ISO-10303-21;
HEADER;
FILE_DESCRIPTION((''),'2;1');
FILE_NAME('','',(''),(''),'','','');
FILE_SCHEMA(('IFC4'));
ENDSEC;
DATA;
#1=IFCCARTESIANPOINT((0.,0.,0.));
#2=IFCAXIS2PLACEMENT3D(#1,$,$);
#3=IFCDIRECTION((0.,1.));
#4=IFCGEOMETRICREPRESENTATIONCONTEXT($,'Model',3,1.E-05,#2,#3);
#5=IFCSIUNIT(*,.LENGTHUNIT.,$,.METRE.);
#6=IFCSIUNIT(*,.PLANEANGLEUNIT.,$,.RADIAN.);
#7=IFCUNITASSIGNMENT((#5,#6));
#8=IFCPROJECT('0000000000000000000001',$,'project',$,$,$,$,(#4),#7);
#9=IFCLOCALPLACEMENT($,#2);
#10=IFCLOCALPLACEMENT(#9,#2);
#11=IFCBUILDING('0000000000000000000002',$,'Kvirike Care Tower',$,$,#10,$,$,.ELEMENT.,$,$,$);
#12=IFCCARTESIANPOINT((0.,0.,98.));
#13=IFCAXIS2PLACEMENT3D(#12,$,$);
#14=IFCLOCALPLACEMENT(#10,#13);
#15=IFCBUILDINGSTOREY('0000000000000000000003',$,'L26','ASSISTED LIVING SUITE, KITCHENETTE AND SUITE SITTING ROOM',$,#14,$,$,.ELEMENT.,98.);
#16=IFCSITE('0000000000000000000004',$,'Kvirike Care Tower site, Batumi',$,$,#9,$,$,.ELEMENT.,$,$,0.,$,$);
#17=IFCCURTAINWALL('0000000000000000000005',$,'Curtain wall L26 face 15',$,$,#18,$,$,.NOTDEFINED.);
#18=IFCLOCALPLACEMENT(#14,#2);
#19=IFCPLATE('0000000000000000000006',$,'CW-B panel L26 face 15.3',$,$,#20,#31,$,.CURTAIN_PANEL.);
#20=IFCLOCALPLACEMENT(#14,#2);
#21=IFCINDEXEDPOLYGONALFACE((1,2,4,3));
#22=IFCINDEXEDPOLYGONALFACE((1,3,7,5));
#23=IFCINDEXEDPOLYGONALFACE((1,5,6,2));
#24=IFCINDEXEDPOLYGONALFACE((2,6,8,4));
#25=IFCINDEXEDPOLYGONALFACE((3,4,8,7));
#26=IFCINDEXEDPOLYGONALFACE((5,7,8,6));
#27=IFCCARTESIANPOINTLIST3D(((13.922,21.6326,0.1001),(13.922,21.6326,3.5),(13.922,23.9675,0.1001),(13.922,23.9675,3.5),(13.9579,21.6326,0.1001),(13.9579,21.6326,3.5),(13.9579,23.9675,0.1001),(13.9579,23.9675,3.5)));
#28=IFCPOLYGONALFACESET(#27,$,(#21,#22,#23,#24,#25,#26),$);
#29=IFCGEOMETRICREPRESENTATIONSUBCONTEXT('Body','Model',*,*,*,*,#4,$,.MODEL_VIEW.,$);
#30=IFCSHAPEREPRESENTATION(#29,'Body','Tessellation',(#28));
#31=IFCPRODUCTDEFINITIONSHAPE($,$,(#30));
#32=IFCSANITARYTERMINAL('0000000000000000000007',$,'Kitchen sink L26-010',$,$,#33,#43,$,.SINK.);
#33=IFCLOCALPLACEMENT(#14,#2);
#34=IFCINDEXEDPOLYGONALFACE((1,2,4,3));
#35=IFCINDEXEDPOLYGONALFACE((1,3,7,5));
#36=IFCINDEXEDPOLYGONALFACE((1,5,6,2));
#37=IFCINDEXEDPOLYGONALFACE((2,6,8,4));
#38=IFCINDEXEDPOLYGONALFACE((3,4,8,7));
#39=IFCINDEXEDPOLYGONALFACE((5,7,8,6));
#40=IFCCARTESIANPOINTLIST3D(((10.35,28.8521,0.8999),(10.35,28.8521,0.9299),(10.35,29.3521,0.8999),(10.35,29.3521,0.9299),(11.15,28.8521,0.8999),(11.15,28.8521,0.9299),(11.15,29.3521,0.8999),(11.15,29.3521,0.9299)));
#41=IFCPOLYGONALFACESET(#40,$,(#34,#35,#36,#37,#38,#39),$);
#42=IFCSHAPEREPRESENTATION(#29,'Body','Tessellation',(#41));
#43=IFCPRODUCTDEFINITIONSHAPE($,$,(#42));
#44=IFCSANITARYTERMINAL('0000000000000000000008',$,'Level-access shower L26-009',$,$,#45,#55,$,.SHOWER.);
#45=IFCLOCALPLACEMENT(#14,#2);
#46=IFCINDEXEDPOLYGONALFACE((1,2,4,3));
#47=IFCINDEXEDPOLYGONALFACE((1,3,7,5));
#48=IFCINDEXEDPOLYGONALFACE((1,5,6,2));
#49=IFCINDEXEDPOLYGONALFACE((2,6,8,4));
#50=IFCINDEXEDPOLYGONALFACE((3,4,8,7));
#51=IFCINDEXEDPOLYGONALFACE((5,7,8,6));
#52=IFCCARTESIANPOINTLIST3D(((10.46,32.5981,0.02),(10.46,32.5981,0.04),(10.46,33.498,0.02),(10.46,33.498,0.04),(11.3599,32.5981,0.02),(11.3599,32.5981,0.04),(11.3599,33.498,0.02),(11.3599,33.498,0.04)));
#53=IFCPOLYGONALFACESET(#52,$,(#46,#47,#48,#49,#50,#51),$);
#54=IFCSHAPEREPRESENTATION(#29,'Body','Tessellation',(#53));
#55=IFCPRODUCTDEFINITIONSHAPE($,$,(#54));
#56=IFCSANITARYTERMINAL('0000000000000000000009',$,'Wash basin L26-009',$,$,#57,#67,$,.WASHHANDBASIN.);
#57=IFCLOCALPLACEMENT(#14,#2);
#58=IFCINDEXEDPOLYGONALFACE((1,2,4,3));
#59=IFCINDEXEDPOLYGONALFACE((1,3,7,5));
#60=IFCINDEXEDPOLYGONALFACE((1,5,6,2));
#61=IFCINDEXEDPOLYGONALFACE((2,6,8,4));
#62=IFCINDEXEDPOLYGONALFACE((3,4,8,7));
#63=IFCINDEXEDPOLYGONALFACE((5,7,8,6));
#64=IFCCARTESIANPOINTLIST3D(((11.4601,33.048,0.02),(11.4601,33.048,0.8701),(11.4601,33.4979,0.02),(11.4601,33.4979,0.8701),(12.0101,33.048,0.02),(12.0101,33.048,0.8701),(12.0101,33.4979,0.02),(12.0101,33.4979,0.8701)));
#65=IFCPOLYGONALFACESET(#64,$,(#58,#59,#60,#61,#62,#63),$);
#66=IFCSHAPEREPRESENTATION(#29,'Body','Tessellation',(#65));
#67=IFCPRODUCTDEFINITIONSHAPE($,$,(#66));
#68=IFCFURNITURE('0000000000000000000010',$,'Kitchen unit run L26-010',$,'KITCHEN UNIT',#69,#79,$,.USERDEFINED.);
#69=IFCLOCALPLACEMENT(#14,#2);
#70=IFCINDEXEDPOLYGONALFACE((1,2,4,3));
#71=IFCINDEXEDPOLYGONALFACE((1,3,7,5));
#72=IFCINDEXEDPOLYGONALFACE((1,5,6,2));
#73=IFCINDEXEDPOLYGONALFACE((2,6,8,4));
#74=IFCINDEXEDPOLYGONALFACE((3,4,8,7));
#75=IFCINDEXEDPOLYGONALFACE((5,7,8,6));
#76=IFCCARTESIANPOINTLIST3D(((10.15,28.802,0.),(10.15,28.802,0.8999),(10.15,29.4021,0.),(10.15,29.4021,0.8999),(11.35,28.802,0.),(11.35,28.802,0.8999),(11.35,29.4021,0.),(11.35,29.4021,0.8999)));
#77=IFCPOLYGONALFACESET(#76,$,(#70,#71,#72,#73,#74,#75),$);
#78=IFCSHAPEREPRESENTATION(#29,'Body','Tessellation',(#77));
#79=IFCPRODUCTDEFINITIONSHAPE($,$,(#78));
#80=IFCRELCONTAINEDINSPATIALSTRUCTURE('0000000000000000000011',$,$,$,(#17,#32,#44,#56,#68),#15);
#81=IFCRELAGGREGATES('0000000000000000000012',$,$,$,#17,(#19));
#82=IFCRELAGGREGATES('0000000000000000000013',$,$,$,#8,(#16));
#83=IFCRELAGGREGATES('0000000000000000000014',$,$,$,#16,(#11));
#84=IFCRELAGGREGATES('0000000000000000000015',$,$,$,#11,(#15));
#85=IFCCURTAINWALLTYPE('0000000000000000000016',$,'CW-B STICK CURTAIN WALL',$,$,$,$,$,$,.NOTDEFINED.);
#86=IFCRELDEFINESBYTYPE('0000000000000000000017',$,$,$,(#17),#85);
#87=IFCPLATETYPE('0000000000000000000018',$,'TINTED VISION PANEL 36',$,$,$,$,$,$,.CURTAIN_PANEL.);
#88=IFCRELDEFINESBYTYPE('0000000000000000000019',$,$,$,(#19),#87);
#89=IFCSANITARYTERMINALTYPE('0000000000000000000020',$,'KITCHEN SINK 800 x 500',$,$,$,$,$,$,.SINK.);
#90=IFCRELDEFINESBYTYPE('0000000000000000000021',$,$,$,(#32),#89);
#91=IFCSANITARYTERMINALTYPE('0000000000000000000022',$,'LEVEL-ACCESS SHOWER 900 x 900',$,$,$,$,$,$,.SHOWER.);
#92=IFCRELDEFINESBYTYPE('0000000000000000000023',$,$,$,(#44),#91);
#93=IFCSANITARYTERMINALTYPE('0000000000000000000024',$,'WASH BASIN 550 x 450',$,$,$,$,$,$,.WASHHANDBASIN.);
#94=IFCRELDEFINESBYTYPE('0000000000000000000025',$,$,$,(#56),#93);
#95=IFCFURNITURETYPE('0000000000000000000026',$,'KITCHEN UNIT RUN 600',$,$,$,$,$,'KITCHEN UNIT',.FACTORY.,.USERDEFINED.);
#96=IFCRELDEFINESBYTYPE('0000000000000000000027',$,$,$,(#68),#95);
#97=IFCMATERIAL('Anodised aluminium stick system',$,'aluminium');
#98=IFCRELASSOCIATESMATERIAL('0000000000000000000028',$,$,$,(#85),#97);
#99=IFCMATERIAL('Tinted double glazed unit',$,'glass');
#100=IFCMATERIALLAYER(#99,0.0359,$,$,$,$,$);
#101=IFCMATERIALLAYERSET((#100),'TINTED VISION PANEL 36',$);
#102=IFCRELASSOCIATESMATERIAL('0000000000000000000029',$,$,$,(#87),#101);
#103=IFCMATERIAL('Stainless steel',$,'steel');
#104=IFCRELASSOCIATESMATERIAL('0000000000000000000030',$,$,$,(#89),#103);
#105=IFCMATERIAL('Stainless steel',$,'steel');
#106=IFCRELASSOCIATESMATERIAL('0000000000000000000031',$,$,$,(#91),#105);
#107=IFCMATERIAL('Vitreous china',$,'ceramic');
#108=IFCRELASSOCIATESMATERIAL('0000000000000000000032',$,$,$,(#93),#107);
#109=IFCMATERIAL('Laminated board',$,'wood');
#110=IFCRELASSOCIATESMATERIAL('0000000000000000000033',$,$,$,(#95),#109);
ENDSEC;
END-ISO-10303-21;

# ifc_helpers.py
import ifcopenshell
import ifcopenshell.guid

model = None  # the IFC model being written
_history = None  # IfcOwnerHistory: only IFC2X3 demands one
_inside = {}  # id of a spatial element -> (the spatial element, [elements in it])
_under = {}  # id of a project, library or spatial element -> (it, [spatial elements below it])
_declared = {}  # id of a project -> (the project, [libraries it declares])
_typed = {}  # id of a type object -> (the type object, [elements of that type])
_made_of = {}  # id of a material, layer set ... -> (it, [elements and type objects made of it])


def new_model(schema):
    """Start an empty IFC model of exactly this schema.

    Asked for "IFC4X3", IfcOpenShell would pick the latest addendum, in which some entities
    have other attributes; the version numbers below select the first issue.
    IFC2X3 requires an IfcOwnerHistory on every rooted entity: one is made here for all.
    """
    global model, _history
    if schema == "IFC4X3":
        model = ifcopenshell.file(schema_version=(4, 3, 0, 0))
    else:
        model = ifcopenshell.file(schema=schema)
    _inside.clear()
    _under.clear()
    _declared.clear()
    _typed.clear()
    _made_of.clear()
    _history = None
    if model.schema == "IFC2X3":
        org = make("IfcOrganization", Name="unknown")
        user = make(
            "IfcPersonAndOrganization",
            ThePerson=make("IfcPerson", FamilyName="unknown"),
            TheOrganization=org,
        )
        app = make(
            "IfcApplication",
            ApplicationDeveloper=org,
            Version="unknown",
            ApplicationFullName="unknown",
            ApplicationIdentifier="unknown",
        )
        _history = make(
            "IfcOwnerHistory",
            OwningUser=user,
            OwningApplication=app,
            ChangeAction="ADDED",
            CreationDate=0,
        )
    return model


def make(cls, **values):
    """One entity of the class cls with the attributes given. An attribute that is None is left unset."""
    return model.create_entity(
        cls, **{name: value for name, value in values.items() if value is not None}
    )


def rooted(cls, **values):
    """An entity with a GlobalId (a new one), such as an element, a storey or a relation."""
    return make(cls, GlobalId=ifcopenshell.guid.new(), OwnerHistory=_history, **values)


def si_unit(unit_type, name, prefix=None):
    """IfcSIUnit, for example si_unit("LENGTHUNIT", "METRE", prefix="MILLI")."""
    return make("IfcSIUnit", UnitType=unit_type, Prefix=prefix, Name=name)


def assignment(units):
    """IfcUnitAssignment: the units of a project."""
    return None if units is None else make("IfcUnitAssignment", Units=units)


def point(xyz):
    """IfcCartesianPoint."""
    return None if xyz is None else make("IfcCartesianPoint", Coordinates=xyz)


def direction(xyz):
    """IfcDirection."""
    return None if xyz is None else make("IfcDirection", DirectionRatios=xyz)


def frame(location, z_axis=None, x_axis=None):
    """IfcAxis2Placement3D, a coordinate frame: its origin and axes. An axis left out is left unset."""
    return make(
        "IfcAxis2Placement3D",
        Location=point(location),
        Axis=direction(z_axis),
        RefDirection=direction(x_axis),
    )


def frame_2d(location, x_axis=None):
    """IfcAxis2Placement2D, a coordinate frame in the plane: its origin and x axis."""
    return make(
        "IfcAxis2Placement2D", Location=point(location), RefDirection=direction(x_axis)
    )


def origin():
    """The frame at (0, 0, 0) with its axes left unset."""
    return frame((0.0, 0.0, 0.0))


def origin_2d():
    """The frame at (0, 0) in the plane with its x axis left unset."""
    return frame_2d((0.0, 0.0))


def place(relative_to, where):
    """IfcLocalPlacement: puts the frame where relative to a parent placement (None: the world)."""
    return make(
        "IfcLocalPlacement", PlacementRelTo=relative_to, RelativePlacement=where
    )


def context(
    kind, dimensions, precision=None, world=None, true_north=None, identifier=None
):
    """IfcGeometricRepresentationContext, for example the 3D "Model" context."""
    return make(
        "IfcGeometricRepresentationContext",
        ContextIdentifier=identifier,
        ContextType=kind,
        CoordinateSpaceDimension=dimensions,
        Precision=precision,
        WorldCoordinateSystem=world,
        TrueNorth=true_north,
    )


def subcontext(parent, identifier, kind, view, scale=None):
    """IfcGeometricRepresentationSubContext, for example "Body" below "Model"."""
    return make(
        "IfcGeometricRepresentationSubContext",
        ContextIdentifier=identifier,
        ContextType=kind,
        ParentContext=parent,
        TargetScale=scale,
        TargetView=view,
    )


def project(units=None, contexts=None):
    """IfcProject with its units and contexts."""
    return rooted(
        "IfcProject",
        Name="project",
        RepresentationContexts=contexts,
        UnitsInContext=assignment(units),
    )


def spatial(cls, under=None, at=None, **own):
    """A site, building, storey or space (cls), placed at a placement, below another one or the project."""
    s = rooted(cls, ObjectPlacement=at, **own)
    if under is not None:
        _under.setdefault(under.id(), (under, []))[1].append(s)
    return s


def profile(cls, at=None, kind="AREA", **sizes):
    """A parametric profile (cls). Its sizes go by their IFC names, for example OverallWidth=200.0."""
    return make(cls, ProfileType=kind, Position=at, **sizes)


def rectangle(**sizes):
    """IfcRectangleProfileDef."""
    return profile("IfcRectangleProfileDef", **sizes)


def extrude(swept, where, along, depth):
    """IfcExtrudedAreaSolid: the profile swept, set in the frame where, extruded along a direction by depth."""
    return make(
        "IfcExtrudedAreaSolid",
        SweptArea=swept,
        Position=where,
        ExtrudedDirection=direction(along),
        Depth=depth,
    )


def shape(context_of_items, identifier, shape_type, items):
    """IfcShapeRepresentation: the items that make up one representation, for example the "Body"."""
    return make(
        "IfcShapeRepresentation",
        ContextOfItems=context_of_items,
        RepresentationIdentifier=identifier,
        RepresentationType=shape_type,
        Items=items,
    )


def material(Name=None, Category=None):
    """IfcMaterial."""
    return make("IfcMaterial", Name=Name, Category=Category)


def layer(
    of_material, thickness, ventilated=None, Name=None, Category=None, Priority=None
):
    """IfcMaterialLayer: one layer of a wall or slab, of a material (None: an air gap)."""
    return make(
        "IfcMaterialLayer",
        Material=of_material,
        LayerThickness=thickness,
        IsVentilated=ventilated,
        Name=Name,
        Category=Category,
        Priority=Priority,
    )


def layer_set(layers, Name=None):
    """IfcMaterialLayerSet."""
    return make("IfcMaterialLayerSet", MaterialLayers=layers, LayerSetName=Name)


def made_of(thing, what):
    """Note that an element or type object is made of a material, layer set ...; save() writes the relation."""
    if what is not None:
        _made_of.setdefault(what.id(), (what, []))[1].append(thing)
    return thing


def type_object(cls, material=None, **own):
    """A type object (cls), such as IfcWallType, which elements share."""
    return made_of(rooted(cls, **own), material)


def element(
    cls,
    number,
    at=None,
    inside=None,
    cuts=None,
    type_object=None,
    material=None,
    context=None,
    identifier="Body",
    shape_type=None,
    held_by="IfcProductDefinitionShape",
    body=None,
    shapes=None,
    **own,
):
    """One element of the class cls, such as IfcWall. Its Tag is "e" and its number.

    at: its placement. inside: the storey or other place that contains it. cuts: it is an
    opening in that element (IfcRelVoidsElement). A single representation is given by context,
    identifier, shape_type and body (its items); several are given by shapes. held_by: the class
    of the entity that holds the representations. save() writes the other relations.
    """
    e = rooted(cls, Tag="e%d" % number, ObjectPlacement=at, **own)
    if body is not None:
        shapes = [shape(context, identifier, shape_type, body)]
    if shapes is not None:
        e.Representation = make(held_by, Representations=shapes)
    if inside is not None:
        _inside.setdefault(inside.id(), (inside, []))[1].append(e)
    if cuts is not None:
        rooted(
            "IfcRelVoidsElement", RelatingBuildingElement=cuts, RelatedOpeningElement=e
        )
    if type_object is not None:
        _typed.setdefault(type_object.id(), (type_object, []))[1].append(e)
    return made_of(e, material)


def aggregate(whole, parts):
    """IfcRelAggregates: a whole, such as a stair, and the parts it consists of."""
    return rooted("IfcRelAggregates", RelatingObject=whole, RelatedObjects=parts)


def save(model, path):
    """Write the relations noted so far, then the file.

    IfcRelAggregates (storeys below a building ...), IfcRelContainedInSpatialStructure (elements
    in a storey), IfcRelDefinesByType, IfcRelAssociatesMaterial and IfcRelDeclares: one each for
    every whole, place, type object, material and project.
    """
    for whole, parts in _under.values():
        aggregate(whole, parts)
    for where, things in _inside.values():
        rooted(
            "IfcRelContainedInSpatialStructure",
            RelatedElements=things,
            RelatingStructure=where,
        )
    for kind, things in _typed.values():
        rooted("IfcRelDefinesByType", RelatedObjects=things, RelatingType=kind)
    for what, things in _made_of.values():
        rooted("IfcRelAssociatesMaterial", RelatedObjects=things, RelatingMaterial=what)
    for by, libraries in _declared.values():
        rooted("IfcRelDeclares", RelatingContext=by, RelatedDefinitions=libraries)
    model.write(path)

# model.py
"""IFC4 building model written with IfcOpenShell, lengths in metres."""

from ifc_helpers import new_model, si_unit, direction, frame, origin, origin_2d, place, context, subcontext, project, spatial, rectangle, extrude, material, layer, layer_set, type_object, element, aggregate, save


model = new_model("IFC4")

# Units and contexts
model_context = context("Model", 3, precision=1e-05, world=origin(), true_north=direction((0.0, 1.0)))
body_context = subcontext(model_context, "Body", "Model", "MODEL_VIEW")
ifc_project = project(units=[si_unit("LENGTHUNIT", "METRE"), si_unit("PLANEANGLEUNIT", "RADIAN")], contexts=[model_context])

# Site, building, storey
site_placement = place(None, origin())
site = spatial("IfcSite", under=ifc_project, at=site_placement, Name="Kvirike Care Tower site, Batumi", CompositionType="ELEMENT", RefElevation=0.0)
building_placement = place(site_placement, origin())
building = spatial("IfcBuilding", under=site, at=building_placement, Name="Kvirike Care Tower", CompositionType="ELEMENT")
storey_placement = place(building_placement, frame((0.0, 0.0, 98.0)))
storey = spatial("IfcBuildingStorey", under=building, at=storey_placement, Name="L26", Description="ASSISTED LIVING SUITE, KITCHENETTE AND SUITE SITTING ROOM", CompositionType="ELEMENT", Elevation=98.0)

# Curtain wall
ifc_material_1 = material(Name="Anodised aluminium stick system", Category="aluminium")
curtain_wall_type = type_object("IfcCurtainWallType", Name="CW-B STICK CURTAIN WALL", PredefinedType="NOTDEFINED", material=ifc_material_1)
curtain_wall_1_placement = place(storey_placement, origin())
curtain_wall_1 = element("IfcCurtainWall", 1, at=curtain_wall_1_placement, inside=storey, type_object=curtain_wall_type, Name="Curtain wall L26 face 15", PredefinedType="NOTDEFINED")

# Plate
ifc_material_2 = material(Name="Tinted double glazed unit", Category="glass")
ifc_layer = layer(ifc_material_2, 0.0359)
ifc_layer_set = layer_set([ifc_layer], Name="TINTED VISION PANEL 36")
plate_type = type_object("IfcPlateType", Name="TINTED VISION PANEL 36", PredefinedType="CURTAIN_PANEL", material=ifc_layer_set)
plate_1_placement = place(storey_placement, frame((13.9399, 22.8, 0.1001), z_axis=(0.0, 0.0, 1.0), x_axis=(0.0, -1.0, 0.0)))
plate_1 = element("IfcPlate", 2, at=plate_1_placement, type_object=plate_type, Name="CW-B panel L26 face 15.3", PredefinedType="CURTAIN_PANEL", context=body_context, shape_type="SweptSolid", body=[
    extrude(rectangle(XDim=2.335, YDim=0.0359, at=origin_2d()), origin(), (0.0, 0.0, 1.0), 3.3999),
])
aggregate(curtain_wall_1, [plate_1])

# Sanitary terminals
ifc_material_3 = material(Name="Stainless steel", Category="steel")
sanitary_terminal_type_1 = type_object("IfcSanitaryTerminalType", Name="KITCHEN SINK 800 x 500", PredefinedType="SINK", material=ifc_material_3)
sanitary_terminal_1_placement = place(storey_placement, frame((10.75, 29.1021, 0.8999), z_axis=(0.0, 0.0, 1.0), x_axis=(-1.0, 0.0, 0.0)))
element("IfcSanitaryTerminal", 3, at=sanitary_terminal_1_placement, inside=storey, type_object=sanitary_terminal_type_1, Name="Kitchen sink L26-010", PredefinedType="SINK", context=body_context, shape_type="SweptSolid", body=[
    extrude(rectangle(XDim=0.8, YDim=0.5, at=origin_2d()), origin(), (0.0, 0.0, 1.0), 0.03),
])
ifc_material_4 = material(Name="Stainless steel", Category="steel")
sanitary_terminal_type_2 = type_object("IfcSanitaryTerminalType", Name="LEVEL-ACCESS SHOWER 900 x 900", PredefinedType="SHOWER", material=ifc_material_4)
sanitary_terminal_2_placement = place(storey_placement, frame((10.9099, 33.0481, 0.02), z_axis=(0.0, 0.0, 1.0), x_axis=(1.0, 0.0, 0.0)))
element("IfcSanitaryTerminal", 4, at=sanitary_terminal_2_placement, inside=storey, type_object=sanitary_terminal_type_2, Name="Level-access shower L26-009", PredefinedType="SHOWER", context=body_context, shape_type="SweptSolid", body=[
    extrude(rectangle(XDim=0.8999, YDim=0.8999, at=origin_2d()), origin(), (0.0, 0.0, 1.0), 0.02),
])
ifc_material_5 = material(Name="Vitreous china", Category="ceramic")
sanitary_terminal_type_3 = type_object("IfcSanitaryTerminalType", Name="WASH BASIN 550 x 450", PredefinedType="WASHHANDBASIN", material=ifc_material_5)
sanitary_terminal_3_placement = place(storey_placement, frame((11.7351, 33.2729, 0.02), z_axis=(0.0, 0.0, 1.0), x_axis=(1.0, 0.0, 0.0)))
element("IfcSanitaryTerminal", 5, at=sanitary_terminal_3_placement, inside=storey, type_object=sanitary_terminal_type_3, Name="Wash basin L26-009", PredefinedType="WASHHANDBASIN", context=body_context, shape_type="SweptSolid", body=[
    extrude(rectangle(XDim=0.55, YDim=0.45, at=origin_2d()), origin(), (0.0, 0.0, 1.0), 0.8501),
])

# Furniture
ifc_material_6 = material(Name="Laminated board", Category="wood")
furniture_type = type_object("IfcFurnitureType", Name="KITCHEN UNIT RUN 600", ElementType="KITCHEN UNIT", AssemblyPlace="FACTORY", PredefinedType="USERDEFINED", material=ifc_material_6)
furniture_placement = place(storey_placement, frame((10.75, 29.1021, 0.0), z_axis=(0.0, 0.0, 1.0), x_axis=(-1.0, 0.0, 0.0)))
element("IfcFurniture", 6, at=furniture_placement, inside=storey, type_object=furniture_type, Name="Kitchen unit run L26-010", ObjectType="KITCHEN UNIT", PredefinedType="USERDEFINED", context=body_context, shape_type="SweptSolid", body=[
    extrude(rectangle(XDim=1.2, YDim=0.6001, at=origin_2d()), origin(), (0.0, 0.0, 1.0), 0.8999),
])

save(model, "model.ifc")
